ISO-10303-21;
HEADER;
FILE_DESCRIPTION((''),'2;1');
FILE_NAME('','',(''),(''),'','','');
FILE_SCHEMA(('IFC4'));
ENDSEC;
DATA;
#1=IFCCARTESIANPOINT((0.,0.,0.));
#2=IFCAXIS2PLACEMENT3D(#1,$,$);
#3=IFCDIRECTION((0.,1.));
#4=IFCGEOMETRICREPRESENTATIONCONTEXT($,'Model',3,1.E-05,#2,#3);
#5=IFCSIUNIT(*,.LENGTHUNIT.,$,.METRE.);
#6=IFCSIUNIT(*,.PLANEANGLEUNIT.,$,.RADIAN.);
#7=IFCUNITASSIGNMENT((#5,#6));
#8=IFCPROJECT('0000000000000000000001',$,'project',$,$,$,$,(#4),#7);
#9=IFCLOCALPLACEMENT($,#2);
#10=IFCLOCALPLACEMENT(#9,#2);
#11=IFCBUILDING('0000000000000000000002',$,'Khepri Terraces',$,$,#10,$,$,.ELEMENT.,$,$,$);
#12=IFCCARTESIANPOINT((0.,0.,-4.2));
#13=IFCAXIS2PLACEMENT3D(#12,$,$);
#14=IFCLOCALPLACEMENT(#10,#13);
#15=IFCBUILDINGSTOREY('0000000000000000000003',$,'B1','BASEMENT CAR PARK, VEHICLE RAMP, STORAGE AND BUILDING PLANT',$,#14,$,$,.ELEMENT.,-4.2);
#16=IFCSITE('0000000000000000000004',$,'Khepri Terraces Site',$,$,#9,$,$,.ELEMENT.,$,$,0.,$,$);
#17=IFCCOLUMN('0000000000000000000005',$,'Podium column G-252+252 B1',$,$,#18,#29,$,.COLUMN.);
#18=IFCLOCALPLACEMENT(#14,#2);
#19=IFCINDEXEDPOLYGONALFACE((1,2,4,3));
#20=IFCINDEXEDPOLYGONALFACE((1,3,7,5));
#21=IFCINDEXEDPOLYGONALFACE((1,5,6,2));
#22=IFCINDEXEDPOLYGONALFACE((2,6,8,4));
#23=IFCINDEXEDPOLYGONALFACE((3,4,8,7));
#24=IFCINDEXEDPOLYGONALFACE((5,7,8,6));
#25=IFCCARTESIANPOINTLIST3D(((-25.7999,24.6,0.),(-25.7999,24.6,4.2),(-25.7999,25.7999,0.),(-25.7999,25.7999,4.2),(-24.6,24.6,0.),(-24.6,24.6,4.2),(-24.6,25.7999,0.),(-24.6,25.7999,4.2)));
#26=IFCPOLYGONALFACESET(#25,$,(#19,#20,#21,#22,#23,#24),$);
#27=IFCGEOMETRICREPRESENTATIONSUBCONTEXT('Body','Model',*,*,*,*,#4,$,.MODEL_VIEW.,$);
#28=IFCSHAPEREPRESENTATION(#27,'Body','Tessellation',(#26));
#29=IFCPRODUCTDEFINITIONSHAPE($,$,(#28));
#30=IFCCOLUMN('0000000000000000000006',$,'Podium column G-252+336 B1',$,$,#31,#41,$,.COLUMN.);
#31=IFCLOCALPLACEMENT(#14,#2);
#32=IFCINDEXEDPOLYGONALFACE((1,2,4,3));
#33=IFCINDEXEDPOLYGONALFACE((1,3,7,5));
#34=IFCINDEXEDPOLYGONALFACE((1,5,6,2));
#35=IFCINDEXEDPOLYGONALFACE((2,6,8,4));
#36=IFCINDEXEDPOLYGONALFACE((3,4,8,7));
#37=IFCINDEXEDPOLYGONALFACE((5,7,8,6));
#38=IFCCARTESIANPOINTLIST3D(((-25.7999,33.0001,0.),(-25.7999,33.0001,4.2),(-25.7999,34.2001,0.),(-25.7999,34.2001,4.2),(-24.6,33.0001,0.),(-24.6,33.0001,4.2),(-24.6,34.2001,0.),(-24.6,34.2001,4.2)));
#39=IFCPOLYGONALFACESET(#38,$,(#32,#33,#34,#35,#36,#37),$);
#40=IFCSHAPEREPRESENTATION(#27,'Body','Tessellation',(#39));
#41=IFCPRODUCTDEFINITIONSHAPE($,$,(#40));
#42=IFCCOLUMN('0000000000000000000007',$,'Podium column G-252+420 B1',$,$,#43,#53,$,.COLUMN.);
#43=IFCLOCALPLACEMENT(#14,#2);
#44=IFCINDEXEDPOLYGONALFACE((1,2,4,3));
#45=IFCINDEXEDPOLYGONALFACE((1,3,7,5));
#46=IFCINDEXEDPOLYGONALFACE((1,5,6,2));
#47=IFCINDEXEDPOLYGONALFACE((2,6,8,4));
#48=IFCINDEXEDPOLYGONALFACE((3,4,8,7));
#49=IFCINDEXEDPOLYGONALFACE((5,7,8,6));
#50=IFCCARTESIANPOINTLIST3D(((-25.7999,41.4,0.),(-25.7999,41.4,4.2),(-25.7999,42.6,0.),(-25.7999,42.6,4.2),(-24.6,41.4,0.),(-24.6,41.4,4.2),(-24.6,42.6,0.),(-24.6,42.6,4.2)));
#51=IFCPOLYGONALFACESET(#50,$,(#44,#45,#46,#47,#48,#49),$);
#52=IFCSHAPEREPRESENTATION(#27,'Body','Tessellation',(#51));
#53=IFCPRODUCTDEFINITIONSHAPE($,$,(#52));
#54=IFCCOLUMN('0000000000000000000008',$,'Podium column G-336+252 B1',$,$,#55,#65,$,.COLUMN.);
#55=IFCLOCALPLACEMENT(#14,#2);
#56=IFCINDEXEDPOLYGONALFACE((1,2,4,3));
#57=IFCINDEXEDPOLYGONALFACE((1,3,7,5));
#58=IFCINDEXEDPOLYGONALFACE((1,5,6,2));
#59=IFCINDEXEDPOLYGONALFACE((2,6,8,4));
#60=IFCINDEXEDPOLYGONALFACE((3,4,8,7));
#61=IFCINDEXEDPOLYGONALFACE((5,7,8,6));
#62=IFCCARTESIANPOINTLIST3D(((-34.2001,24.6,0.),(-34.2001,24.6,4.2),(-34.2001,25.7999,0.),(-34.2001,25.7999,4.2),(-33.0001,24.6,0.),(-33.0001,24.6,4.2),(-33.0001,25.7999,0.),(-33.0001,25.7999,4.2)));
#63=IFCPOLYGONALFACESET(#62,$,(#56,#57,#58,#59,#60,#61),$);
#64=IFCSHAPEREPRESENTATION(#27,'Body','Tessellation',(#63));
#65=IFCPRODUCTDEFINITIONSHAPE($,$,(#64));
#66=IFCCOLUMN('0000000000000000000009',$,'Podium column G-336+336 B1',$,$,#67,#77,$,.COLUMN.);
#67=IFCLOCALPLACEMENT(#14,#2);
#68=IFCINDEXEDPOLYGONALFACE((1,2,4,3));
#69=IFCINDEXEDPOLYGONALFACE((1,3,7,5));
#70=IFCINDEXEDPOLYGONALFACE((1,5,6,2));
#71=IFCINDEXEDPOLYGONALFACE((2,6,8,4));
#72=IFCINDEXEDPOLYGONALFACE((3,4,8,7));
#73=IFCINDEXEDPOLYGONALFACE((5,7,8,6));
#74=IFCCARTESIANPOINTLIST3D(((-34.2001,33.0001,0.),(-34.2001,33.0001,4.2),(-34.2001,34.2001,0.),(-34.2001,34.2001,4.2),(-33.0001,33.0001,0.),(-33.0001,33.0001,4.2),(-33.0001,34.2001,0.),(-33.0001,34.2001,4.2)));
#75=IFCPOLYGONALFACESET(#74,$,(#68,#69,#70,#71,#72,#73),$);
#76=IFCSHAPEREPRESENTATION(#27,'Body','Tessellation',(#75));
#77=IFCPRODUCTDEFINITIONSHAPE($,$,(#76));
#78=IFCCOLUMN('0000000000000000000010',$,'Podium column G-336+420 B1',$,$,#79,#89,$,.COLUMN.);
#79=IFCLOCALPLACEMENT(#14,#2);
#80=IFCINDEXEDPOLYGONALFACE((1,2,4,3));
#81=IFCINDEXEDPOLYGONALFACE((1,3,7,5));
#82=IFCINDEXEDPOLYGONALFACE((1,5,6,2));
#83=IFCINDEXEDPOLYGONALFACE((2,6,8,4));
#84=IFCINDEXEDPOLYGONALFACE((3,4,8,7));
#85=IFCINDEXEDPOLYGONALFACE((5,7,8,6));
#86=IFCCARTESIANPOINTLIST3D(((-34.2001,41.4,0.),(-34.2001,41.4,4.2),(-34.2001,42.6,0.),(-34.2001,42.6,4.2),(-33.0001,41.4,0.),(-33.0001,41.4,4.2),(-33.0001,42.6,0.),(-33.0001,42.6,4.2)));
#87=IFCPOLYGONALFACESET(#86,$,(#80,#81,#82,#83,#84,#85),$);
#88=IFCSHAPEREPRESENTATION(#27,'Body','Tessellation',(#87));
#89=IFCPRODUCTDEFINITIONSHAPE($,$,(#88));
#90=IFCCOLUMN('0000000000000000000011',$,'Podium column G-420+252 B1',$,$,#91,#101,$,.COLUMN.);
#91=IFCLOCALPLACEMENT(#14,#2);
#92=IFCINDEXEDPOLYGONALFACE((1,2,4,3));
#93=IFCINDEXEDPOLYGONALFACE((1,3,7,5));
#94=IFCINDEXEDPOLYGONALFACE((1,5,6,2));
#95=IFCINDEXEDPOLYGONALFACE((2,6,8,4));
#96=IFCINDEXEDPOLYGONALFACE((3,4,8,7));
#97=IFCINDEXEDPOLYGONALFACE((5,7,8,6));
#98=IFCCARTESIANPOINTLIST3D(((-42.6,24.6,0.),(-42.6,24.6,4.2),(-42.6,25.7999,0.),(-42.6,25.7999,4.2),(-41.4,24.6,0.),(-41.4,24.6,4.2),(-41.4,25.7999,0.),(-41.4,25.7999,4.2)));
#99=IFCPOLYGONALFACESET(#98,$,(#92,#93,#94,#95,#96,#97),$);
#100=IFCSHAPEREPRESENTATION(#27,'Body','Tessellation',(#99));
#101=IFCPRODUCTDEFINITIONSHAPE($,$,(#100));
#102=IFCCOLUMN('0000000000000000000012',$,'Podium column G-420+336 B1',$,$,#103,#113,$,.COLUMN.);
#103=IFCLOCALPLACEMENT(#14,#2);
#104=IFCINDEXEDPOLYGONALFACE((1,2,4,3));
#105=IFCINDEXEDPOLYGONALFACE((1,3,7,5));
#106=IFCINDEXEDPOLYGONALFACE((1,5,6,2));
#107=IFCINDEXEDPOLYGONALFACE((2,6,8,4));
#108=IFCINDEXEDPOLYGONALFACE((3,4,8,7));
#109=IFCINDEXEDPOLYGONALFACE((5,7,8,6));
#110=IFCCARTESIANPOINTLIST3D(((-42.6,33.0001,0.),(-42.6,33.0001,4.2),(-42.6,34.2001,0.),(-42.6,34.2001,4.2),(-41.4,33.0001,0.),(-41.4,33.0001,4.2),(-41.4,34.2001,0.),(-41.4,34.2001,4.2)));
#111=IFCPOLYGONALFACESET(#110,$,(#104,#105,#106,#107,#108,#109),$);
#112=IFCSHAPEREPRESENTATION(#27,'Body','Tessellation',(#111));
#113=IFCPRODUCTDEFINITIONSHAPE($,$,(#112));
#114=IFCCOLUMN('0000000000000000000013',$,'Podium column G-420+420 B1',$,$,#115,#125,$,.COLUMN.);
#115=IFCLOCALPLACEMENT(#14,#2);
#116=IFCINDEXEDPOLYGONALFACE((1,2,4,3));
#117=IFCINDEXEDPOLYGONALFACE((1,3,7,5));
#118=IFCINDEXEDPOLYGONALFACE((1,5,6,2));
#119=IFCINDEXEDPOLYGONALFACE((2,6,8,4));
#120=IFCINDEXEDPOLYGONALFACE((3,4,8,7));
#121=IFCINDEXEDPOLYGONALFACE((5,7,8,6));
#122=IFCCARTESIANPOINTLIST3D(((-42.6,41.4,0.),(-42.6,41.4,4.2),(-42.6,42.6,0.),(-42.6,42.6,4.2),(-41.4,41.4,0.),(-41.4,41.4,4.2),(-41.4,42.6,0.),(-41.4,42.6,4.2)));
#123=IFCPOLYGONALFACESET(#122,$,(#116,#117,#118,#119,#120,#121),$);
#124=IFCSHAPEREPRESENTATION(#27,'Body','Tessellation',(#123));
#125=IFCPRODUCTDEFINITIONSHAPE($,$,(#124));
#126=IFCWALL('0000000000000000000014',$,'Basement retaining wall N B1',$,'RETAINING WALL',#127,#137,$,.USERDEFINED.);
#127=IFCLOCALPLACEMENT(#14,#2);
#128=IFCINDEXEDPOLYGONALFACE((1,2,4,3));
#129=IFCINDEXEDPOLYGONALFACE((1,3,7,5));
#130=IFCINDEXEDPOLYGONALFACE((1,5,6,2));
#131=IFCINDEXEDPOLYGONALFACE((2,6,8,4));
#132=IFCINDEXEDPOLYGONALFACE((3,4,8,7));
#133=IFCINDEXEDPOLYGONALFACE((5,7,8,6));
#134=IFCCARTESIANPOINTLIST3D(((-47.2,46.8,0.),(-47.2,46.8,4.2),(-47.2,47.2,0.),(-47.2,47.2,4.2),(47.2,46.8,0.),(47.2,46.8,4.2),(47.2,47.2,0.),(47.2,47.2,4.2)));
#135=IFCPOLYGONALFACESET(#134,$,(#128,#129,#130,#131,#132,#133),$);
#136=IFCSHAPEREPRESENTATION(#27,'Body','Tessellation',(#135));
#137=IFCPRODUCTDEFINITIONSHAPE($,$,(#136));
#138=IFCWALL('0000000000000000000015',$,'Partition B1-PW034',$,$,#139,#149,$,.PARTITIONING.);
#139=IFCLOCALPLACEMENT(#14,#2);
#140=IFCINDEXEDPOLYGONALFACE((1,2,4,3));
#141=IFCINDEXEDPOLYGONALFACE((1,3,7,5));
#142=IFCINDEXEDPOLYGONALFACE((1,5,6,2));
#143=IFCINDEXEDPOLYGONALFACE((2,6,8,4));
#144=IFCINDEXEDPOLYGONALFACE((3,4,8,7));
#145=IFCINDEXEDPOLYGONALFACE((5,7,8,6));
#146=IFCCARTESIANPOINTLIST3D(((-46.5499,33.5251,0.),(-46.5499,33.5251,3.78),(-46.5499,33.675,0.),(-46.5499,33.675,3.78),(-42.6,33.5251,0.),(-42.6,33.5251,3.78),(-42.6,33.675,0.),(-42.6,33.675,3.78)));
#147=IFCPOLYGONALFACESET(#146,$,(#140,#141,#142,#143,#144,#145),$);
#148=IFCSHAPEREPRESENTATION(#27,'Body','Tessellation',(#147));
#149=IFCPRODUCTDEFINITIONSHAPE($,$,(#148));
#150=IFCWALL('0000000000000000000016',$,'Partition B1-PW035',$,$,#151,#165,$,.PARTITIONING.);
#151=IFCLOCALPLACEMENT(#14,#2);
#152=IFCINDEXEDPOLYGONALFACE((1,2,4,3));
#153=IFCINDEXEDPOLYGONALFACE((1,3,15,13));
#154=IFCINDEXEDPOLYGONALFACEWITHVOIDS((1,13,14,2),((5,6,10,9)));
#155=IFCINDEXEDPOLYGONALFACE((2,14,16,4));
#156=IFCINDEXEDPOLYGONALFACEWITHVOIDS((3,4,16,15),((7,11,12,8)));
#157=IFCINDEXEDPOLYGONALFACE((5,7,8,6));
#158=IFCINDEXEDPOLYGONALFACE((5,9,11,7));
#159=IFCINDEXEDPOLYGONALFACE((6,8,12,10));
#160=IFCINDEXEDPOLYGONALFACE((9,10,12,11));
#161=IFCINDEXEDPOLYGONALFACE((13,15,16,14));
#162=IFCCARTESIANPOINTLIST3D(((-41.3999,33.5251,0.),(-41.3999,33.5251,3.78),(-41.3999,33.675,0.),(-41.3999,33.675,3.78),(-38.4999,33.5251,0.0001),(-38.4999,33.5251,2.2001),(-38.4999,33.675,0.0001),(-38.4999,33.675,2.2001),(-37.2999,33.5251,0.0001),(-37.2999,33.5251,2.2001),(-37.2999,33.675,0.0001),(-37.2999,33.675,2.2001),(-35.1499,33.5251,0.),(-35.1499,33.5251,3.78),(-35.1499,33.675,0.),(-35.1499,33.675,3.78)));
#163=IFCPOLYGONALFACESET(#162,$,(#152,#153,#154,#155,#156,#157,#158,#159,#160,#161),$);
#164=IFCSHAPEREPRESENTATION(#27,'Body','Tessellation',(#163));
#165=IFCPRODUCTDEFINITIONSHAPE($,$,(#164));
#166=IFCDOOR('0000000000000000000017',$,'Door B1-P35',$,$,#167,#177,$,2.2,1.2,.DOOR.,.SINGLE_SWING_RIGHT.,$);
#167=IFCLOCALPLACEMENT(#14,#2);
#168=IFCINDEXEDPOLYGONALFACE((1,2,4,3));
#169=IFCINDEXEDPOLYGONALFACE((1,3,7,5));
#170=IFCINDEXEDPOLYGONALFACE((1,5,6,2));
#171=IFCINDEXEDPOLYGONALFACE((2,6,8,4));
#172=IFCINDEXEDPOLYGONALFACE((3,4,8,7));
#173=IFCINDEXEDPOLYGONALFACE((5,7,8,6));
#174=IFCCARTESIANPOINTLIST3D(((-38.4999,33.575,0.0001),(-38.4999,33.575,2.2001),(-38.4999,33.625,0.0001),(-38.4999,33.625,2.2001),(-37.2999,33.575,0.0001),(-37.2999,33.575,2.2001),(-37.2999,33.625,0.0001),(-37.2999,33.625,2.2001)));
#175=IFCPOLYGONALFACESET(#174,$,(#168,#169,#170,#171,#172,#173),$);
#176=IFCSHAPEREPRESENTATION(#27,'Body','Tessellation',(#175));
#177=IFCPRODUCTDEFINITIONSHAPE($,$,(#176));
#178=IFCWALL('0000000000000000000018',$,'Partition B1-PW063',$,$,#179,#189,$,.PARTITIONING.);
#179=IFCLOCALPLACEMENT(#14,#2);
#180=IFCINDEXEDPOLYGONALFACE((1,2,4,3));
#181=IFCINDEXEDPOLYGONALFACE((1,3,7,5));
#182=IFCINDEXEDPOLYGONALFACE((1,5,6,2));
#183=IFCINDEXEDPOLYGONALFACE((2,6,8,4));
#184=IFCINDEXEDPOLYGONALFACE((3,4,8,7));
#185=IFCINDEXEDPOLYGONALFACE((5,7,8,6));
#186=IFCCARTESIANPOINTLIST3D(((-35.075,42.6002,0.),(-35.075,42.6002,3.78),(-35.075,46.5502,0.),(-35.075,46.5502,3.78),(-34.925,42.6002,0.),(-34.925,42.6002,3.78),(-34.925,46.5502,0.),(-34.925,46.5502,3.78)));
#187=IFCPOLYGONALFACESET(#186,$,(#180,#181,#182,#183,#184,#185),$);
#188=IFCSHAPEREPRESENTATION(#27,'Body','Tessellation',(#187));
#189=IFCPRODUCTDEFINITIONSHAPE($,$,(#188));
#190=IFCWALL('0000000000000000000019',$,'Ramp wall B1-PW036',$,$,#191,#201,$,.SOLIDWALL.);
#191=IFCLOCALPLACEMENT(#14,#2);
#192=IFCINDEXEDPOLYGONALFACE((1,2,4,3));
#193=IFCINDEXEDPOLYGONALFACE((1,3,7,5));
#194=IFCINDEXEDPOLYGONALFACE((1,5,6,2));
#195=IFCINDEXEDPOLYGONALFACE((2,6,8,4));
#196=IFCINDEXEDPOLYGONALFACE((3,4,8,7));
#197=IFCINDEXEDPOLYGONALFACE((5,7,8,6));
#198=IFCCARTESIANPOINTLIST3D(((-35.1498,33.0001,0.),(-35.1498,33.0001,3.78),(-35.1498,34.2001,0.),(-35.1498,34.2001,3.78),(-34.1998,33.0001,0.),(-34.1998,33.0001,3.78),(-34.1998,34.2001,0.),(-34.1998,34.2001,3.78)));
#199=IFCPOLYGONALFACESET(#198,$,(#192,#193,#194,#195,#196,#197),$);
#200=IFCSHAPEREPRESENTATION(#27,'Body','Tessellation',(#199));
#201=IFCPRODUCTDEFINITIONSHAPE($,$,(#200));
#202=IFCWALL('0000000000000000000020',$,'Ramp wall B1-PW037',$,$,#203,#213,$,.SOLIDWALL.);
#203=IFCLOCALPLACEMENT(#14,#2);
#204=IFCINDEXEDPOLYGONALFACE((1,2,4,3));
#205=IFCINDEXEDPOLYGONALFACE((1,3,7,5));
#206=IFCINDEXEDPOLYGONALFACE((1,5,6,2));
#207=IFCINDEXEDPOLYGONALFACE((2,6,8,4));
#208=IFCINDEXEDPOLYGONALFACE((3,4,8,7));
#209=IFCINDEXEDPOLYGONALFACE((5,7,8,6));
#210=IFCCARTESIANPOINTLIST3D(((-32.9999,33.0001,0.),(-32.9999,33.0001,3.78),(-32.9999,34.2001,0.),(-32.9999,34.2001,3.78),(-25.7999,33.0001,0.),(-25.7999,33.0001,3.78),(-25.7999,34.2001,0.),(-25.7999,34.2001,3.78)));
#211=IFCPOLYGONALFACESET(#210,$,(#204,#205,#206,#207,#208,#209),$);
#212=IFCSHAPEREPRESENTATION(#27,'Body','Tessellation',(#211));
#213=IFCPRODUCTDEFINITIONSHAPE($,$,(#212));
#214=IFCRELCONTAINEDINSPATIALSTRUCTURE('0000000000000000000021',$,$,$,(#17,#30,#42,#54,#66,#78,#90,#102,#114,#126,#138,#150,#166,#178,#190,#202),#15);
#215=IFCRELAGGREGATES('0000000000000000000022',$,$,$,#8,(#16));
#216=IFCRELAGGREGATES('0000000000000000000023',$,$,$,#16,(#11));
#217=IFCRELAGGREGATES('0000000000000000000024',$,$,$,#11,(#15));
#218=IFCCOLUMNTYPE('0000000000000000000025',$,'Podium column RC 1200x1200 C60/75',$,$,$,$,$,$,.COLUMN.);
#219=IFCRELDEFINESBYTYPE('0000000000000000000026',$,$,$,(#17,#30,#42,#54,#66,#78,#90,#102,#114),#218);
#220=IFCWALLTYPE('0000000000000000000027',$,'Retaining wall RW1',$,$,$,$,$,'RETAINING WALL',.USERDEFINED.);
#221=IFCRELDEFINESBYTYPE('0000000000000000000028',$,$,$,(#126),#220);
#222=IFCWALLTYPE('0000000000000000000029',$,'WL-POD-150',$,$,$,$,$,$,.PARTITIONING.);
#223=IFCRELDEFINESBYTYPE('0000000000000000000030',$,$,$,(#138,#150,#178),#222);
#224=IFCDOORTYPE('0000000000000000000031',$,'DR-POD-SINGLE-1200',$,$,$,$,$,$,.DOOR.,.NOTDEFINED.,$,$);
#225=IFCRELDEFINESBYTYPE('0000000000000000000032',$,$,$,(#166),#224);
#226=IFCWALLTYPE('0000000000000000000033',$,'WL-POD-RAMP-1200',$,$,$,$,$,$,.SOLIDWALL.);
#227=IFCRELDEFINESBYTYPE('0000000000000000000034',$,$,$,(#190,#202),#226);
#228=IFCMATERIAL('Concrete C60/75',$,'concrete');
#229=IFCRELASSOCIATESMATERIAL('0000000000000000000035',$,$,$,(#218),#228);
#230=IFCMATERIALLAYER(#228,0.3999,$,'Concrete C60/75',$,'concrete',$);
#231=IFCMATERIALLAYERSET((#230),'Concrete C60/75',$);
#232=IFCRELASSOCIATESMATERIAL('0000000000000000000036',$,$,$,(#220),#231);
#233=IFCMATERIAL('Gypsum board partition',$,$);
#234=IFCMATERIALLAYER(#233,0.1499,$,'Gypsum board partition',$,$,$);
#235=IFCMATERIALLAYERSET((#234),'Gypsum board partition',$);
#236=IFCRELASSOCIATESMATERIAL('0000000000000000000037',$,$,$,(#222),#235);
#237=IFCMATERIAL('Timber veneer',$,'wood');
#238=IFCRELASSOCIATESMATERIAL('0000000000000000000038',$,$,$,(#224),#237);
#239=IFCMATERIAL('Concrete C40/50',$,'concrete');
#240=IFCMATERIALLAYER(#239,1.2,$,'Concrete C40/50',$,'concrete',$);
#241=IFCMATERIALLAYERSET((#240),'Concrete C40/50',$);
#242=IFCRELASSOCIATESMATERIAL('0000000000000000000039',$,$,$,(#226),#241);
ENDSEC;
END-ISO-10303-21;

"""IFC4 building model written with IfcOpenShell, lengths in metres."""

from ifc_helpers import new_model, si_unit, direction, frame, frame_2d, origin, origin_2d, place, context, subcontext, project, spatial, rectangle, extrude, material, layer, layer_set, material_profile, profile_set, type_object, element, fill, save


model = new_model("IFC4")

# Units and contexts
model_context = context("Model", 3, precision=1e-05, world=origin(), true_north=direction((0.0, 1.0)))
body_context = subcontext(model_context, "Body", "Model", "MODEL_VIEW")
ifc_project = project(units=[si_unit("LENGTHUNIT", "METRE"), si_unit("PLANEANGLEUNIT", "RADIAN")], contexts=[model_context])

# Site, building, storey
site_placement = place(None, origin())
site = spatial("IfcSite", under=ifc_project, at=site_placement, Name="Khepri Terraces Site", CompositionType="ELEMENT", RefElevation=0.0)
building_placement = place(site_placement, origin())
building = spatial("IfcBuilding", under=site, at=building_placement, Name="Khepri Terraces", CompositionType="ELEMENT")
storey_placement = place(building_placement, frame((0.0, 0.0, -4.2)))
storey = spatial("IfcBuildingStorey", under=building, at=storey_placement, Name="B1", Description="BASEMENT CAR PARK, VEHICLE RAMP, STORAGE AND BUILDING PLANT", CompositionType="ELEMENT", Elevation=-4.2)

# Columns
ifc_material_1 = material(Name="Concrete C60/75", Category="concrete")
ifc_material_profile = material_profile(ifc_material_1, rectangle(XDim=1.2, YDim=1.2, at=origin_2d()), Name="Concrete C60/75", Category="concrete")
ifc_profile_set = profile_set([ifc_material_profile], Name="Concrete C60/75")
column_type = type_object("IfcColumnType", Name="Podium column RC 1200x1200 C60/75", PredefinedType="COLUMN", material=ifc_profile_set)
for number, where, z_axis, x_axis, name in (
    (1, (-25.2, 25.2, 0.0), (0.0, 0.0, 1.0), (1.0, 0.0, 0.0), "Podium column G-252+252 B1"),
    (2, (-25.2, 33.6001, 0.0), (0.0, 0.0, 1.0), (1.0, 0.0, 0.0), "Podium column G-252+336 B1"),
    (3, (-25.2, 42.0, 0.0), (0.0, 0.0, 1.0), (1.0, 0.0, 0.0), "Podium column G-252+420 B1"),
    (4, (-33.6001, 25.2, 0.0), (0.0, 0.0, 1.0), (1.0, 0.0, 0.0), "Podium column G-336+252 B1"),
    (5, (-33.6001, 33.6001, 0.0), (0.0, 0.0, 1.0), (1.0, 0.0, 0.0), "Podium column G-336+336 B1"),
    (6, (-33.6001, 42.0, 0.0), (0.0, 0.0, 1.0), (1.0, 0.0, 0.0), "Podium column G-336+420 B1"),
    (7, (-42.0, 25.2, 0.0), (0.0, 0.0, 1.0), (1.0, 0.0, 0.0), "Podium column G-420+252 B1"),
    (8, (-42.0, 33.6001, 0.0), (0.0, 0.0, 1.0), (1.0, 0.0, 0.0), "Podium column G-420+336 B1"),
    (9, (-42.0, 42.0, 0.0), (0.0, 0.0, 1.0), (1.0, 0.0, 0.0), "Podium column G-420+420 B1"),
):
    element("IfcColumn", number, at=place(storey_placement, frame(where, z_axis=z_axis, x_axis=x_axis)), inside=storey, type_object=column_type, Name=name, PredefinedType="COLUMN", context=body_context, shape_type="SweptSolid", body=[
        extrude(rectangle(XDim=1.2, YDim=1.2, at=origin_2d()), origin(), (0.0, 0.0, 1.0), 4.2),
    ])

# Walls
ifc_layer_1 = layer(ifc_material_1, 0.3999, Name="Concrete C60/75", Category="concrete")
ifc_layer_set_1 = layer_set([ifc_layer_1], Name="Concrete C60/75")
wall_type_1 = type_object("IfcWallType", Name="Retaining wall RW1", ElementType="RETAINING WALL", PredefinedType="USERDEFINED", material=ifc_layer_set_1)
wall_1_placement = place(storey_placement, frame((-47.2, 47.0, 0.0), z_axis=(0.0, 0.0, 1.0), x_axis=(1.0, 0.0, 0.0)))
element("IfcWall", 10, at=wall_1_placement, inside=storey, type_object=wall_type_1, Name="Basement retaining wall N B1", ObjectType="RETAINING WALL", PredefinedType="USERDEFINED", context=body_context, shape_type="SweptSolid", body=[
    extrude(rectangle(XDim=94.3999, YDim=0.3999, at=frame_2d((47.2, 0.0))), origin(), (0.0, 0.0, 1.0), 4.2),
])
ifc_material_2 = material(Name="Gypsum board partition")
ifc_layer_2 = layer(ifc_material_2, 0.1499, Name="Gypsum board partition")
ifc_layer_set_2 = layer_set([ifc_layer_2], Name="Gypsum board partition")
wall_type_2 = type_object("IfcWallType", Name="WL-POD-150", PredefinedType="PARTITIONING", material=ifc_layer_set_2)
wall_2_placement = place(storey_placement, frame((-46.55, 33.6001, 0.0), z_axis=(0.0, 0.0, 1.0), x_axis=(1.0, 0.0, 0.0)))
element("IfcWall", 11, at=wall_2_placement, inside=storey, type_object=wall_type_2, Name="Partition B1-PW034", PredefinedType="PARTITIONING", context=body_context, shape_type="SweptSolid", body=[
    extrude(rectangle(XDim=3.95, YDim=0.1499, at=frame_2d((1.9751, 0.0))), origin(), (0.0, 0.0, 1.0), 3.78),
])

# Wall, opening, door
wall_3_placement = place(storey_placement, frame((-41.3999, 33.6001, 0.0), z_axis=(0.0, 0.0, 1.0), x_axis=(1.0, 0.0, 0.0)))
wall_3 = element("IfcWall", 12, at=wall_3_placement, inside=storey, type_object=wall_type_2, Name="Partition B1-PW035", PredefinedType="PARTITIONING", context=body_context, shape_type="SweptSolid", body=[
    extrude(rectangle(XDim=6.25, YDim=0.1499, at=frame_2d((3.125, 0.0))), origin(), (0.0, 0.0, 1.0), 3.78),
])
opening_placement = place(wall_3_placement, frame((2.8999, 0.0, 0.0)))
opening = element("IfcOpeningElement", 13, at=opening_placement, cuts=wall_3, PredefinedType="OPENING", context=body_context, shape_type="SweptSolid", body=[
    extrude(rectangle(XDim=1.2, YDim=2.2, at=frame_2d((0.6001, 1.1001))), frame((0.0, 0.085, 0.0), z_axis=(0.0, -1.0, 0.0), x_axis=(1.0, 0.0, 0.0)), (0.0, 0.0, 1.0), 0.1699),
])
ifc_material_3 = material(Name="Timber veneer", Category="wood")
door_type = type_object("IfcDoorType", Name="DR-POD-SINGLE-1200", OperationType="NOTDEFINED", PredefinedType="DOOR", material=ifc_material_3)
door_placement = place(opening_placement, origin())
door = element("IfcDoor", 14, at=door_placement, inside=storey, type_object=door_type, Name="Door B1-P35", OperationType="SINGLE_SWING_RIGHT", OverallHeight=2.2, OverallWidth=1.2, PredefinedType="DOOR", context=body_context, shape_type="SweptSolid", body=[
    extrude(rectangle(XDim=1.2, YDim=2.2, at=frame_2d((0.6001, 1.1001))), frame((0.0, 0.0249, 0.0), z_axis=(0.0, -1.0, 0.0), x_axis=(1.0, 0.0, 0.0)), (0.0, 0.0, 1.0), 0.05),
])
fill(opening, door)

# Walls
wall_4_placement = place(storey_placement, frame((-35.0, 42.6001, 0.0), z_axis=(0.0, 0.0, 1.0), x_axis=(0.0, 1.0, 0.0)))
element("IfcWall", 15, at=wall_4_placement, inside=storey, type_object=wall_type_2, Name="Partition B1-PW063", PredefinedType="PARTITIONING", context=body_context, shape_type="SweptSolid", body=[
    extrude(rectangle(XDim=3.95, YDim=0.1499, at=frame_2d((1.9751, 0.0))), origin(), (0.0, 0.0, 1.0), 3.78),
])
ifc_material_4 = material(Name="Concrete C40/50", Category="concrete")
ifc_layer_3 = layer(ifc_material_4, 1.2, Name="Concrete C40/50", Category="concrete")
ifc_layer_set_3 = layer_set([ifc_layer_3], Name="Concrete C40/50")
wall_type_3 = type_object("IfcWallType", Name="WL-POD-RAMP-1200", PredefinedType="SOLIDWALL", material=ifc_layer_set_3)
wall_5_placement = place(storey_placement, frame((-35.1499, 33.6001, 0.0), z_axis=(0.0, 0.0, 1.0), x_axis=(1.0, 0.0, 0.0)))
element("IfcWall", 16, at=wall_5_placement, inside=storey, type_object=wall_type_3, Name="Ramp wall B1-PW036", PredefinedType="SOLIDWALL", context=body_context, shape_type="SweptSolid", body=[
    extrude(rectangle(XDim=0.95, YDim=1.2, at=frame_2d((0.4751, 0.0))), origin(), (0.0, 0.0, 1.0), 3.78),
])
wall_6_placement = place(storey_placement, frame((-33.0, 33.6001, 0.0), z_axis=(0.0, 0.0, 1.0), x_axis=(1.0, 0.0, 0.0)))
element("IfcWall", 17, at=wall_6_placement, inside=storey, type_object=wall_type_3, Name="Ramp wall B1-PW037", PredefinedType="SOLIDWALL", context=body_context, shape_type="SweptSolid", body=[
    extrude(rectangle(XDim=7.2, YDim=1.2, at=frame_2d((3.6001, 0.0))), origin(), (0.0, 0.0, 1.0), 3.78),
])

save(model, "model.ifc")
